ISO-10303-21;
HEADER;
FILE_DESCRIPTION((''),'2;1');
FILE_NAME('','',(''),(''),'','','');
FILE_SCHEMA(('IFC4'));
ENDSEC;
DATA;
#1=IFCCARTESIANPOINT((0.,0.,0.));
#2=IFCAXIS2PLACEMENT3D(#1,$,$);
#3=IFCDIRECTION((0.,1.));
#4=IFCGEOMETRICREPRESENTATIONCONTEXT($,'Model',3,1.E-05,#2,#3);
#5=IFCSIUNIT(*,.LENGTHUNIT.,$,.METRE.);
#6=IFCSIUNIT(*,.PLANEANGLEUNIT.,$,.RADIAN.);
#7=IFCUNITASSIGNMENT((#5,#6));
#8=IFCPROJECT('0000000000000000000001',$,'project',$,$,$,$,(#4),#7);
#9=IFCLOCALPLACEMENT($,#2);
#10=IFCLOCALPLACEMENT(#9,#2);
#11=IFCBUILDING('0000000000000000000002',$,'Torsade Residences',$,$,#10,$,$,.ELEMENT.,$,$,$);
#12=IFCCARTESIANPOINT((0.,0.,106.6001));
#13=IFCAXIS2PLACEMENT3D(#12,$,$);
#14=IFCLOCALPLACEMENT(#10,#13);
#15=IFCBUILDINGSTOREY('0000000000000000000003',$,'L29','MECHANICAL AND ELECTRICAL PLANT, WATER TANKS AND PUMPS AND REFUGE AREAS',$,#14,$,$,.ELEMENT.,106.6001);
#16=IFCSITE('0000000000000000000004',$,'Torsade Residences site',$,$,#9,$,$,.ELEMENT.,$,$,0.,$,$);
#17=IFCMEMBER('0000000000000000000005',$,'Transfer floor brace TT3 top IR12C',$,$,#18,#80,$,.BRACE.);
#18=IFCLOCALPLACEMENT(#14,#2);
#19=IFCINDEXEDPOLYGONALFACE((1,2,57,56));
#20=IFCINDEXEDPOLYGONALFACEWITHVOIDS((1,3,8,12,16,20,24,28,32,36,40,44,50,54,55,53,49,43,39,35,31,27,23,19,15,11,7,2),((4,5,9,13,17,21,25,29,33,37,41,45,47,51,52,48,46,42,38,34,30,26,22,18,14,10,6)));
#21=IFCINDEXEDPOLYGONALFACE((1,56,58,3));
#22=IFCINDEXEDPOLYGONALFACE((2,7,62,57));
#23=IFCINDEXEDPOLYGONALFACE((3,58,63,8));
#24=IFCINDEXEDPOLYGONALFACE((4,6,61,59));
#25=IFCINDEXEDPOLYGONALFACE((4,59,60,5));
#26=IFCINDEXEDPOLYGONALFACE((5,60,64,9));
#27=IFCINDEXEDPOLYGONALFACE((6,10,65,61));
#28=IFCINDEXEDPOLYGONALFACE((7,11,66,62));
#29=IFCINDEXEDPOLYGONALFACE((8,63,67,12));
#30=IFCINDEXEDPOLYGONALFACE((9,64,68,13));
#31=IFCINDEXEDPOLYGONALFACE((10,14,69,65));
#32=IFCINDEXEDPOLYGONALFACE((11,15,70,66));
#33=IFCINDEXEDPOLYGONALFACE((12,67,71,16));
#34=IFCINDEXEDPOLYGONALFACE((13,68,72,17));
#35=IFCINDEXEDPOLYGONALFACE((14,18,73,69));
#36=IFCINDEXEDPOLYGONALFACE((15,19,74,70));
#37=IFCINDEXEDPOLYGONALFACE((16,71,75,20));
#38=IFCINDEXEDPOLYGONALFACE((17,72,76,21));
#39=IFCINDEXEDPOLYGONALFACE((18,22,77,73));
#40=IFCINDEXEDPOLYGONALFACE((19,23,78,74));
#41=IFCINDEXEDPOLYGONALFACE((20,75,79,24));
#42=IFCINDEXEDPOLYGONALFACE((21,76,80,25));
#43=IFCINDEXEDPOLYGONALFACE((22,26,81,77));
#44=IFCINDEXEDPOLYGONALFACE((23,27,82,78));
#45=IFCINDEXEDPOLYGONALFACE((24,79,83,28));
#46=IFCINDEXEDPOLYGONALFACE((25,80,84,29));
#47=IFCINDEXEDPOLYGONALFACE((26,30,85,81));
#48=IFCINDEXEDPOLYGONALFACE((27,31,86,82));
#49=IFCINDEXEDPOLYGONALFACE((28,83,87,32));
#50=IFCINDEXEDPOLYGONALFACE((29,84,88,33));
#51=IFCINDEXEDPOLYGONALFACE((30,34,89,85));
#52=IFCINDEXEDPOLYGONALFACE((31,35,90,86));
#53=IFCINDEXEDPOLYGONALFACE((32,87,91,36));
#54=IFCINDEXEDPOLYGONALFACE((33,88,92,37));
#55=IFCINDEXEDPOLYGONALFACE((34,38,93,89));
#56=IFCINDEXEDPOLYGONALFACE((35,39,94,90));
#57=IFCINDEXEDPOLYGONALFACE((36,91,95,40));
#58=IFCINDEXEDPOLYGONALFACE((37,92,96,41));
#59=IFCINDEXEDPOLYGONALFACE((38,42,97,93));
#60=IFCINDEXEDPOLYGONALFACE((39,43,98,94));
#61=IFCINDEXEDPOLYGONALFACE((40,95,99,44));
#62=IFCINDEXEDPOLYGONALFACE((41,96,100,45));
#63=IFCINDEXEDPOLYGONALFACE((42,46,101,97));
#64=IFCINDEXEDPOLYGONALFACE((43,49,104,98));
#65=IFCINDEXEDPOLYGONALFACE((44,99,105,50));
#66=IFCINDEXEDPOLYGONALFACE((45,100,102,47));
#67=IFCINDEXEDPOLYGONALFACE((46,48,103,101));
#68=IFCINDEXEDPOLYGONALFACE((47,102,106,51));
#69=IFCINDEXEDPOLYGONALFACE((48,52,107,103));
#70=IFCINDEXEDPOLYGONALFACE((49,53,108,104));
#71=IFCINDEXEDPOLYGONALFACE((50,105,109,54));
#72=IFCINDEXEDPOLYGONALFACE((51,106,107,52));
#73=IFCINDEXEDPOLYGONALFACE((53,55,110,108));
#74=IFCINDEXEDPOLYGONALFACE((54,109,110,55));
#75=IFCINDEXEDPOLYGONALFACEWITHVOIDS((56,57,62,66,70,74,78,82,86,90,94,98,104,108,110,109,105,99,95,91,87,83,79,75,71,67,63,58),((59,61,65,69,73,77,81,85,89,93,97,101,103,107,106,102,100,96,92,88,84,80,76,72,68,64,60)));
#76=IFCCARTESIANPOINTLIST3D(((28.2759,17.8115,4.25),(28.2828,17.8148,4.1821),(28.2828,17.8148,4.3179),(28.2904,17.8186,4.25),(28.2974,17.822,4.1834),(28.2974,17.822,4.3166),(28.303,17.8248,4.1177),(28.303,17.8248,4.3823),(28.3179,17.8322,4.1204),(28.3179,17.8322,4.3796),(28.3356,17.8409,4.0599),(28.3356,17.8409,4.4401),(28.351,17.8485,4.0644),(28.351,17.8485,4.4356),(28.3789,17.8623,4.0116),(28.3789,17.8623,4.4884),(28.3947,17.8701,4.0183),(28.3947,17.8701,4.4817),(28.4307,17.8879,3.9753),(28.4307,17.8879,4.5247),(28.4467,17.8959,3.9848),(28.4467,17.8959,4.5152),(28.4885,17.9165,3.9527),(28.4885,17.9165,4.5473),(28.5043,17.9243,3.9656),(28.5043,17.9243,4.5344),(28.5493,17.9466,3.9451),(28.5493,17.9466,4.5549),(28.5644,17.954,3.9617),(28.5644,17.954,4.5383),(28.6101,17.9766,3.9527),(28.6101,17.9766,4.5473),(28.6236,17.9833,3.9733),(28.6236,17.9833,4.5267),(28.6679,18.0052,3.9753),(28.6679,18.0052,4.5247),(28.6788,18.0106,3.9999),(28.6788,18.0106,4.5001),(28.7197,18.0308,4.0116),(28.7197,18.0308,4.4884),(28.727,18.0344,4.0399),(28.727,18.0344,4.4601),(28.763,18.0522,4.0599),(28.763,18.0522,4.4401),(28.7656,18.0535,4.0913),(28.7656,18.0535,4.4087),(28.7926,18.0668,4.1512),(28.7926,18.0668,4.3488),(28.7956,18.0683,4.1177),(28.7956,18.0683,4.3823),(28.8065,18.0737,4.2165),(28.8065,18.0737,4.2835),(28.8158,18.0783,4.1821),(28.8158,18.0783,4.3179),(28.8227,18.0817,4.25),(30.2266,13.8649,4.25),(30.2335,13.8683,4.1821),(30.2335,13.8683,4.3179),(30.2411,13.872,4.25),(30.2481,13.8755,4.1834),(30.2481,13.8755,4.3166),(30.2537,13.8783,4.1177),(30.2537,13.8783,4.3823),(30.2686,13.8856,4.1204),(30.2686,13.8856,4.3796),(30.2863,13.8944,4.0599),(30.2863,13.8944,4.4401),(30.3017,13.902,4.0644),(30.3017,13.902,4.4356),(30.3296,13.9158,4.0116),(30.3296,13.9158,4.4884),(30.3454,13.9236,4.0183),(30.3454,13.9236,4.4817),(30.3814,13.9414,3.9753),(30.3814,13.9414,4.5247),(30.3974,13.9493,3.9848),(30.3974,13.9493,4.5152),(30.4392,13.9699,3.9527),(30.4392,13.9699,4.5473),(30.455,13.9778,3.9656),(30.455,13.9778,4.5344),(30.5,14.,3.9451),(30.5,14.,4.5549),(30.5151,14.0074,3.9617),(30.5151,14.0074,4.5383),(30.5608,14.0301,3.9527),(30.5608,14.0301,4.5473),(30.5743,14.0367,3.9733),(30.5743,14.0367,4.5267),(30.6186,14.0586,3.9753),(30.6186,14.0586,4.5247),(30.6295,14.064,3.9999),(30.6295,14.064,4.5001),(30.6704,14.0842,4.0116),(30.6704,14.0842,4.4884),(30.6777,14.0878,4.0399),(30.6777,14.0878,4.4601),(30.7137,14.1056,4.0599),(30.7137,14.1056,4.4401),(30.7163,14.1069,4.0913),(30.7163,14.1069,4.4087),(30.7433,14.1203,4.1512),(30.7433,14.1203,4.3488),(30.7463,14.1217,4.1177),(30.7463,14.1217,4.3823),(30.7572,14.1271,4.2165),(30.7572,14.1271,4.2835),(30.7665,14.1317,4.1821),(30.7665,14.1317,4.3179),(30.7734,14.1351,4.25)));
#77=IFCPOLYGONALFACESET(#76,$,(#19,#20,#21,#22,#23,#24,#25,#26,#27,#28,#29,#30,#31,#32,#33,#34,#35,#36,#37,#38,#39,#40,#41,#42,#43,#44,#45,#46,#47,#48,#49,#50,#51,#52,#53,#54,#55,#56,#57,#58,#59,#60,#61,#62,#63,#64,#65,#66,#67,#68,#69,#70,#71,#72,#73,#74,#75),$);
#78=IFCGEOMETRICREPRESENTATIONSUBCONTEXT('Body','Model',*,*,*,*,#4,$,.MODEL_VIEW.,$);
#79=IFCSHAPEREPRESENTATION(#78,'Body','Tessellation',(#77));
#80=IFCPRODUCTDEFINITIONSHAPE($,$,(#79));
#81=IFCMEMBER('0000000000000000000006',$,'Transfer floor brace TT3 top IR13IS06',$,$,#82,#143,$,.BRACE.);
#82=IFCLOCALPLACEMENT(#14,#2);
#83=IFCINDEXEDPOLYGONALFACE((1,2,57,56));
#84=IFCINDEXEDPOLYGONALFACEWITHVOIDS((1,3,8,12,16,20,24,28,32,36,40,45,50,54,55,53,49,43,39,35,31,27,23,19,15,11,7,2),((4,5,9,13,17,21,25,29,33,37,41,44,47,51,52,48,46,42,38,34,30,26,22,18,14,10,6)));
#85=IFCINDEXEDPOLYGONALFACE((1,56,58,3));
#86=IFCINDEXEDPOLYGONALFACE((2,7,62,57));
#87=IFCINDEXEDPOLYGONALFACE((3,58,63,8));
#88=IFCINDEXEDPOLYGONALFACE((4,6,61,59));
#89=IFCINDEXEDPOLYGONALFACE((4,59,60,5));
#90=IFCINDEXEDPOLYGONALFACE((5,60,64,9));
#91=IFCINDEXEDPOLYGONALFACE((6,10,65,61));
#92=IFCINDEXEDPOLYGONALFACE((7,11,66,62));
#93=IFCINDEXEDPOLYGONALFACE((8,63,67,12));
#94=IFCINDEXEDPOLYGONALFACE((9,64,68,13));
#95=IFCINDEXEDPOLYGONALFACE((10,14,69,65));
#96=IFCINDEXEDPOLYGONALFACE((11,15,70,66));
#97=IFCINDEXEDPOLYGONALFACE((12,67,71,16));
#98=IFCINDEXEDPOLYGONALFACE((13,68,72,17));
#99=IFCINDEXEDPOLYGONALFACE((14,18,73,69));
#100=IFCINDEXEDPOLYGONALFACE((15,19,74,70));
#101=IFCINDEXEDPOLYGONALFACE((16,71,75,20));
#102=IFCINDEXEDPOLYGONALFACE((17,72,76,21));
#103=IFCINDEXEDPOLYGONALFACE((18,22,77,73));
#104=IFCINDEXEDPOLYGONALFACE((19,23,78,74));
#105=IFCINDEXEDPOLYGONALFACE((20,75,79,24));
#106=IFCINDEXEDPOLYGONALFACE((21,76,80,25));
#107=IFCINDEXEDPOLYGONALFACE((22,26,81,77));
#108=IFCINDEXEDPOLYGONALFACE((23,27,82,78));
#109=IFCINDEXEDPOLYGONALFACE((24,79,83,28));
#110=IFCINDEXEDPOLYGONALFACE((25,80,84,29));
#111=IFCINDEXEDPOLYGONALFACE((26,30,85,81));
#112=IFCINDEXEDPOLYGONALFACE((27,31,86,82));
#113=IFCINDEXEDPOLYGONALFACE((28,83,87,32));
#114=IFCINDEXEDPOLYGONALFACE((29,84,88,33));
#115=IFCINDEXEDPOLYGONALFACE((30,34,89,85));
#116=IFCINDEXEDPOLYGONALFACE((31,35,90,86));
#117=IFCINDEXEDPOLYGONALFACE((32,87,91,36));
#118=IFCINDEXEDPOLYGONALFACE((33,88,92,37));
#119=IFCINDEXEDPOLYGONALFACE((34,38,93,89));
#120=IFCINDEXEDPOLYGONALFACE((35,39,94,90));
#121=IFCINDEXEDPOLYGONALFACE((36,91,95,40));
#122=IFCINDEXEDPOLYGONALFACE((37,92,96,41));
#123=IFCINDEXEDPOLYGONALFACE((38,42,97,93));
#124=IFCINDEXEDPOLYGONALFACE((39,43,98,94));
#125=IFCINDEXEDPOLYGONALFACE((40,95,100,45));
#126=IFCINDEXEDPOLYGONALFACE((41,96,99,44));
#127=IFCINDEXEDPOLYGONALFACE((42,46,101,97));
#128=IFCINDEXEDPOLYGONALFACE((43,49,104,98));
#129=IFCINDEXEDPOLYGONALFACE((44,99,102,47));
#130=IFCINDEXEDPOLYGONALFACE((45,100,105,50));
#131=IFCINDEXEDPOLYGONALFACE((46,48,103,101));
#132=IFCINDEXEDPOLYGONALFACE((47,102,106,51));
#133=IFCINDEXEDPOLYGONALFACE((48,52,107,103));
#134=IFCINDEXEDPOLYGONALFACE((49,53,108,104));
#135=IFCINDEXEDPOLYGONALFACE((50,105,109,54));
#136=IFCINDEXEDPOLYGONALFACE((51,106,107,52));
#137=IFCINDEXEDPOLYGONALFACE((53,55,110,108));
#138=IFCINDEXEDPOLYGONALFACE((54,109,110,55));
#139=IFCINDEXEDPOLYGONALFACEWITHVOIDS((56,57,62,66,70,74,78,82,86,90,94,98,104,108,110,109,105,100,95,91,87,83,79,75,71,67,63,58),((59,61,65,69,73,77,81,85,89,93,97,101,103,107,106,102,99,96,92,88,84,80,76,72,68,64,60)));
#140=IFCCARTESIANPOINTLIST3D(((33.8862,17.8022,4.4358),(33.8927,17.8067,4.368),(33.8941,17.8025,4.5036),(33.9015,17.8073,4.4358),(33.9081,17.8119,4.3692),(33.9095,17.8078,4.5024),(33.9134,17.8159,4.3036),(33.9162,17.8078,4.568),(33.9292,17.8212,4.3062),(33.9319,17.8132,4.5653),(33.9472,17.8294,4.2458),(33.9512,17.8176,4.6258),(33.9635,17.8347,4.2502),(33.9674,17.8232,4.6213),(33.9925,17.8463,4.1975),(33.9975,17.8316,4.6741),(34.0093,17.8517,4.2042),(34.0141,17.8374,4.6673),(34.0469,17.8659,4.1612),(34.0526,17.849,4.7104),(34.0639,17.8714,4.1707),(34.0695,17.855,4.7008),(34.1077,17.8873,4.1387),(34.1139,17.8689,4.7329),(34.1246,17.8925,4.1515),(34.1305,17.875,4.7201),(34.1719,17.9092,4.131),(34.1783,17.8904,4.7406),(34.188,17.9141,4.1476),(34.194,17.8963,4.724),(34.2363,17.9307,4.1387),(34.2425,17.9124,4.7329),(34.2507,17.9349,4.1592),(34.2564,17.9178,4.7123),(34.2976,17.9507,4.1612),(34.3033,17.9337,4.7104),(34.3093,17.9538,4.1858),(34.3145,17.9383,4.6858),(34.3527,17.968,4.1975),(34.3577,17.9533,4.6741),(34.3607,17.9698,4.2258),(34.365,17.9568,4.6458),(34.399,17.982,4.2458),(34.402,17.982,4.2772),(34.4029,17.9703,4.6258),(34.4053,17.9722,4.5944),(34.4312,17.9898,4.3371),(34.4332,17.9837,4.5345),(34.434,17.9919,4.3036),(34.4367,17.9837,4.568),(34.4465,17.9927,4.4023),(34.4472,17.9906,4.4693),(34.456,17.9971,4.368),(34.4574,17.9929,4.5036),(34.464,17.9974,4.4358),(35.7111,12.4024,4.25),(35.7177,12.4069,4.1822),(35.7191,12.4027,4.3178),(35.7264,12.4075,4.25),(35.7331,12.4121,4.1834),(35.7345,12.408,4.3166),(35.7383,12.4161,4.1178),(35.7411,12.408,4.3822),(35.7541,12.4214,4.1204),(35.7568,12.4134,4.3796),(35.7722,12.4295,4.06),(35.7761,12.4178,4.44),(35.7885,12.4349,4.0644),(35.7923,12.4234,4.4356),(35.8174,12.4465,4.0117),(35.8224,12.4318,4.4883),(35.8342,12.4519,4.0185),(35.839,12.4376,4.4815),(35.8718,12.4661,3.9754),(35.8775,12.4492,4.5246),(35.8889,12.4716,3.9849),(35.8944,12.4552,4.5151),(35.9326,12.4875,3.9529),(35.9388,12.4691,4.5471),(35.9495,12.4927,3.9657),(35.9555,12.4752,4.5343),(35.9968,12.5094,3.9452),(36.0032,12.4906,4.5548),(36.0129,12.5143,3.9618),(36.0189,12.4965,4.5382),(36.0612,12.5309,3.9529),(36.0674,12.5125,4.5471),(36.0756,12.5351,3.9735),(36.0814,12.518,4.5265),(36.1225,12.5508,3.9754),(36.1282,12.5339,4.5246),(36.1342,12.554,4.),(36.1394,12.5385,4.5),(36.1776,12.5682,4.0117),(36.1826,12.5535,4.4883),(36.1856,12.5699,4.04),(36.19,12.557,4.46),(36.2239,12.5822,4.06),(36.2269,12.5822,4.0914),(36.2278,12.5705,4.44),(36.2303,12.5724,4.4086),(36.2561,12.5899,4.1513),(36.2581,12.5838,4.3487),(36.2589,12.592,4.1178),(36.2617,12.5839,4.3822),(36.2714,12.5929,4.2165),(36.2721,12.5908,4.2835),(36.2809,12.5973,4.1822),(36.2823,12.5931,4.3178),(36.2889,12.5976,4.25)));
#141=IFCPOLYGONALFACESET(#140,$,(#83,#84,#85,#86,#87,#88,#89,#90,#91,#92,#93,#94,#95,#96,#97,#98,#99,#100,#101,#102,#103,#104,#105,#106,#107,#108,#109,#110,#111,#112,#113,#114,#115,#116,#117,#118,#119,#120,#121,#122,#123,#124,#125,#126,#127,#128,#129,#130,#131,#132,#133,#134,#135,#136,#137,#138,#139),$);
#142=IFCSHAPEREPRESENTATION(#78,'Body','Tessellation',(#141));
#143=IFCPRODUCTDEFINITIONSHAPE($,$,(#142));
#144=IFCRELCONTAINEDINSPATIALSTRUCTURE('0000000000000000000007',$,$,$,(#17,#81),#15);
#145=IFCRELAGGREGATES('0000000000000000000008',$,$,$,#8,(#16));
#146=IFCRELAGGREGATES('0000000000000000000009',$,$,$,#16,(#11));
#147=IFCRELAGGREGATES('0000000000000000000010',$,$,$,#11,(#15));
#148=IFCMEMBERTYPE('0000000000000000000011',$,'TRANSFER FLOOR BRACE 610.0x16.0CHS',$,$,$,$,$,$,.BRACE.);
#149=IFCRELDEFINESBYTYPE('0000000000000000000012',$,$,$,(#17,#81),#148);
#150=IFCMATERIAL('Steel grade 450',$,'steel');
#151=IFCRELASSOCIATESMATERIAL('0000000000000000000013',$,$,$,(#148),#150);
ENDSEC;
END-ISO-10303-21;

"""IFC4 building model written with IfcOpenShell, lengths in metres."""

from ifc_helpers import new_model, si_unit, direction, frame, origin, origin_2d, place, context, subcontext, project, spatial, hollow_circle, extrude, material, material_profile, profile_set, type_object, element, save


model = new_model("IFC4")

# Units and contexts
model_context = context("Model", 3, precision=1e-05, world=origin(), true_north=direction((0.0, 1.0)))
body_context = subcontext(model_context, "Body", "Model", "MODEL_VIEW")
ifc_project = project(units=[si_unit("LENGTHUNIT", "METRE"), si_unit("PLANEANGLEUNIT", "RADIAN")], contexts=[model_context])

# Site, building, storey
site_placement = place(None, origin())
site = spatial("IfcSite", under=ifc_project, at=site_placement, Name="Torsade Residences site", CompositionType="ELEMENT", RefElevation=0.0)
building_placement = place(site_placement, origin())
building = spatial("IfcBuilding", under=site, at=building_placement, Name="Torsade Residences", CompositionType="ELEMENT")
storey_placement = place(building_placement, frame((0.0, 0.0, 106.6001)))
storey = spatial("IfcBuildingStorey", under=building, at=storey_placement, Name="L29", Description="MECHANICAL AND ELECTRICAL PLANT, WATER TANKS AND PUMPS AND REFUGE AREAS", CompositionType="ELEMENT", Elevation=106.6001)

# Members
ifc_material_1 = material(Name="Steel grade 450", Category="steel")
ifc_material_profile_1 = material_profile(ifc_material_1, hollow_circle(Radius=0.3049, WallThickness=0.0161, at=origin_2d()), Name="610.0x16.0CHS")
ifc_profile_set_1 = profile_set([ifc_material_profile_1], Name="Steel grade 450")
member_type = type_object("IfcMemberType", Name="TRANSFER FLOOR BRACE 610.0x16.0CHS", PredefinedType="BRACE", material=ifc_profile_set_1)
member_1_placement = place(storey_placement, frame((30.5, 14.0, 4.25), z_axis=(-0.443105, 0.89647, 0.0), x_axis=(-0.89647, -0.443105, 0.0)))
element("IfcMember", 1, at=member_1_placement, inside=storey, type_object=member_type, Name="Transfer floor brace TT3 top IR12C", PredefinedType="BRACE", context=body_context, shape_type="SweptSolid", body=[
    extrude(hollow_circle(Radius=0.3049, WallThickness=0.0161, at=origin_2d()), origin(), (0.0, 0.0, 1.0), 4.4023),
])
member_2_placement = place(storey_placement, frame((36.0, 12.5, 4.25), z_axis=(-0.32, 0.946857, 0.032578), x_axis=(-0.94736, -0.32017, 0.0)))
element("IfcMember", 2, at=member_2_placement, inside=storey, type_object=member_type, Name="Transfer floor brace TT3 top IR13IS06", PredefinedType="BRACE", context=body_context, shape_type="SweptSolid", body=[
    extrude(hollow_circle(Radius=0.3049, WallThickness=0.0161, at=origin_2d()), origin(), (0.0, 0.0, 1.0), 5.7029),
])

save(model, "model.ifc")
